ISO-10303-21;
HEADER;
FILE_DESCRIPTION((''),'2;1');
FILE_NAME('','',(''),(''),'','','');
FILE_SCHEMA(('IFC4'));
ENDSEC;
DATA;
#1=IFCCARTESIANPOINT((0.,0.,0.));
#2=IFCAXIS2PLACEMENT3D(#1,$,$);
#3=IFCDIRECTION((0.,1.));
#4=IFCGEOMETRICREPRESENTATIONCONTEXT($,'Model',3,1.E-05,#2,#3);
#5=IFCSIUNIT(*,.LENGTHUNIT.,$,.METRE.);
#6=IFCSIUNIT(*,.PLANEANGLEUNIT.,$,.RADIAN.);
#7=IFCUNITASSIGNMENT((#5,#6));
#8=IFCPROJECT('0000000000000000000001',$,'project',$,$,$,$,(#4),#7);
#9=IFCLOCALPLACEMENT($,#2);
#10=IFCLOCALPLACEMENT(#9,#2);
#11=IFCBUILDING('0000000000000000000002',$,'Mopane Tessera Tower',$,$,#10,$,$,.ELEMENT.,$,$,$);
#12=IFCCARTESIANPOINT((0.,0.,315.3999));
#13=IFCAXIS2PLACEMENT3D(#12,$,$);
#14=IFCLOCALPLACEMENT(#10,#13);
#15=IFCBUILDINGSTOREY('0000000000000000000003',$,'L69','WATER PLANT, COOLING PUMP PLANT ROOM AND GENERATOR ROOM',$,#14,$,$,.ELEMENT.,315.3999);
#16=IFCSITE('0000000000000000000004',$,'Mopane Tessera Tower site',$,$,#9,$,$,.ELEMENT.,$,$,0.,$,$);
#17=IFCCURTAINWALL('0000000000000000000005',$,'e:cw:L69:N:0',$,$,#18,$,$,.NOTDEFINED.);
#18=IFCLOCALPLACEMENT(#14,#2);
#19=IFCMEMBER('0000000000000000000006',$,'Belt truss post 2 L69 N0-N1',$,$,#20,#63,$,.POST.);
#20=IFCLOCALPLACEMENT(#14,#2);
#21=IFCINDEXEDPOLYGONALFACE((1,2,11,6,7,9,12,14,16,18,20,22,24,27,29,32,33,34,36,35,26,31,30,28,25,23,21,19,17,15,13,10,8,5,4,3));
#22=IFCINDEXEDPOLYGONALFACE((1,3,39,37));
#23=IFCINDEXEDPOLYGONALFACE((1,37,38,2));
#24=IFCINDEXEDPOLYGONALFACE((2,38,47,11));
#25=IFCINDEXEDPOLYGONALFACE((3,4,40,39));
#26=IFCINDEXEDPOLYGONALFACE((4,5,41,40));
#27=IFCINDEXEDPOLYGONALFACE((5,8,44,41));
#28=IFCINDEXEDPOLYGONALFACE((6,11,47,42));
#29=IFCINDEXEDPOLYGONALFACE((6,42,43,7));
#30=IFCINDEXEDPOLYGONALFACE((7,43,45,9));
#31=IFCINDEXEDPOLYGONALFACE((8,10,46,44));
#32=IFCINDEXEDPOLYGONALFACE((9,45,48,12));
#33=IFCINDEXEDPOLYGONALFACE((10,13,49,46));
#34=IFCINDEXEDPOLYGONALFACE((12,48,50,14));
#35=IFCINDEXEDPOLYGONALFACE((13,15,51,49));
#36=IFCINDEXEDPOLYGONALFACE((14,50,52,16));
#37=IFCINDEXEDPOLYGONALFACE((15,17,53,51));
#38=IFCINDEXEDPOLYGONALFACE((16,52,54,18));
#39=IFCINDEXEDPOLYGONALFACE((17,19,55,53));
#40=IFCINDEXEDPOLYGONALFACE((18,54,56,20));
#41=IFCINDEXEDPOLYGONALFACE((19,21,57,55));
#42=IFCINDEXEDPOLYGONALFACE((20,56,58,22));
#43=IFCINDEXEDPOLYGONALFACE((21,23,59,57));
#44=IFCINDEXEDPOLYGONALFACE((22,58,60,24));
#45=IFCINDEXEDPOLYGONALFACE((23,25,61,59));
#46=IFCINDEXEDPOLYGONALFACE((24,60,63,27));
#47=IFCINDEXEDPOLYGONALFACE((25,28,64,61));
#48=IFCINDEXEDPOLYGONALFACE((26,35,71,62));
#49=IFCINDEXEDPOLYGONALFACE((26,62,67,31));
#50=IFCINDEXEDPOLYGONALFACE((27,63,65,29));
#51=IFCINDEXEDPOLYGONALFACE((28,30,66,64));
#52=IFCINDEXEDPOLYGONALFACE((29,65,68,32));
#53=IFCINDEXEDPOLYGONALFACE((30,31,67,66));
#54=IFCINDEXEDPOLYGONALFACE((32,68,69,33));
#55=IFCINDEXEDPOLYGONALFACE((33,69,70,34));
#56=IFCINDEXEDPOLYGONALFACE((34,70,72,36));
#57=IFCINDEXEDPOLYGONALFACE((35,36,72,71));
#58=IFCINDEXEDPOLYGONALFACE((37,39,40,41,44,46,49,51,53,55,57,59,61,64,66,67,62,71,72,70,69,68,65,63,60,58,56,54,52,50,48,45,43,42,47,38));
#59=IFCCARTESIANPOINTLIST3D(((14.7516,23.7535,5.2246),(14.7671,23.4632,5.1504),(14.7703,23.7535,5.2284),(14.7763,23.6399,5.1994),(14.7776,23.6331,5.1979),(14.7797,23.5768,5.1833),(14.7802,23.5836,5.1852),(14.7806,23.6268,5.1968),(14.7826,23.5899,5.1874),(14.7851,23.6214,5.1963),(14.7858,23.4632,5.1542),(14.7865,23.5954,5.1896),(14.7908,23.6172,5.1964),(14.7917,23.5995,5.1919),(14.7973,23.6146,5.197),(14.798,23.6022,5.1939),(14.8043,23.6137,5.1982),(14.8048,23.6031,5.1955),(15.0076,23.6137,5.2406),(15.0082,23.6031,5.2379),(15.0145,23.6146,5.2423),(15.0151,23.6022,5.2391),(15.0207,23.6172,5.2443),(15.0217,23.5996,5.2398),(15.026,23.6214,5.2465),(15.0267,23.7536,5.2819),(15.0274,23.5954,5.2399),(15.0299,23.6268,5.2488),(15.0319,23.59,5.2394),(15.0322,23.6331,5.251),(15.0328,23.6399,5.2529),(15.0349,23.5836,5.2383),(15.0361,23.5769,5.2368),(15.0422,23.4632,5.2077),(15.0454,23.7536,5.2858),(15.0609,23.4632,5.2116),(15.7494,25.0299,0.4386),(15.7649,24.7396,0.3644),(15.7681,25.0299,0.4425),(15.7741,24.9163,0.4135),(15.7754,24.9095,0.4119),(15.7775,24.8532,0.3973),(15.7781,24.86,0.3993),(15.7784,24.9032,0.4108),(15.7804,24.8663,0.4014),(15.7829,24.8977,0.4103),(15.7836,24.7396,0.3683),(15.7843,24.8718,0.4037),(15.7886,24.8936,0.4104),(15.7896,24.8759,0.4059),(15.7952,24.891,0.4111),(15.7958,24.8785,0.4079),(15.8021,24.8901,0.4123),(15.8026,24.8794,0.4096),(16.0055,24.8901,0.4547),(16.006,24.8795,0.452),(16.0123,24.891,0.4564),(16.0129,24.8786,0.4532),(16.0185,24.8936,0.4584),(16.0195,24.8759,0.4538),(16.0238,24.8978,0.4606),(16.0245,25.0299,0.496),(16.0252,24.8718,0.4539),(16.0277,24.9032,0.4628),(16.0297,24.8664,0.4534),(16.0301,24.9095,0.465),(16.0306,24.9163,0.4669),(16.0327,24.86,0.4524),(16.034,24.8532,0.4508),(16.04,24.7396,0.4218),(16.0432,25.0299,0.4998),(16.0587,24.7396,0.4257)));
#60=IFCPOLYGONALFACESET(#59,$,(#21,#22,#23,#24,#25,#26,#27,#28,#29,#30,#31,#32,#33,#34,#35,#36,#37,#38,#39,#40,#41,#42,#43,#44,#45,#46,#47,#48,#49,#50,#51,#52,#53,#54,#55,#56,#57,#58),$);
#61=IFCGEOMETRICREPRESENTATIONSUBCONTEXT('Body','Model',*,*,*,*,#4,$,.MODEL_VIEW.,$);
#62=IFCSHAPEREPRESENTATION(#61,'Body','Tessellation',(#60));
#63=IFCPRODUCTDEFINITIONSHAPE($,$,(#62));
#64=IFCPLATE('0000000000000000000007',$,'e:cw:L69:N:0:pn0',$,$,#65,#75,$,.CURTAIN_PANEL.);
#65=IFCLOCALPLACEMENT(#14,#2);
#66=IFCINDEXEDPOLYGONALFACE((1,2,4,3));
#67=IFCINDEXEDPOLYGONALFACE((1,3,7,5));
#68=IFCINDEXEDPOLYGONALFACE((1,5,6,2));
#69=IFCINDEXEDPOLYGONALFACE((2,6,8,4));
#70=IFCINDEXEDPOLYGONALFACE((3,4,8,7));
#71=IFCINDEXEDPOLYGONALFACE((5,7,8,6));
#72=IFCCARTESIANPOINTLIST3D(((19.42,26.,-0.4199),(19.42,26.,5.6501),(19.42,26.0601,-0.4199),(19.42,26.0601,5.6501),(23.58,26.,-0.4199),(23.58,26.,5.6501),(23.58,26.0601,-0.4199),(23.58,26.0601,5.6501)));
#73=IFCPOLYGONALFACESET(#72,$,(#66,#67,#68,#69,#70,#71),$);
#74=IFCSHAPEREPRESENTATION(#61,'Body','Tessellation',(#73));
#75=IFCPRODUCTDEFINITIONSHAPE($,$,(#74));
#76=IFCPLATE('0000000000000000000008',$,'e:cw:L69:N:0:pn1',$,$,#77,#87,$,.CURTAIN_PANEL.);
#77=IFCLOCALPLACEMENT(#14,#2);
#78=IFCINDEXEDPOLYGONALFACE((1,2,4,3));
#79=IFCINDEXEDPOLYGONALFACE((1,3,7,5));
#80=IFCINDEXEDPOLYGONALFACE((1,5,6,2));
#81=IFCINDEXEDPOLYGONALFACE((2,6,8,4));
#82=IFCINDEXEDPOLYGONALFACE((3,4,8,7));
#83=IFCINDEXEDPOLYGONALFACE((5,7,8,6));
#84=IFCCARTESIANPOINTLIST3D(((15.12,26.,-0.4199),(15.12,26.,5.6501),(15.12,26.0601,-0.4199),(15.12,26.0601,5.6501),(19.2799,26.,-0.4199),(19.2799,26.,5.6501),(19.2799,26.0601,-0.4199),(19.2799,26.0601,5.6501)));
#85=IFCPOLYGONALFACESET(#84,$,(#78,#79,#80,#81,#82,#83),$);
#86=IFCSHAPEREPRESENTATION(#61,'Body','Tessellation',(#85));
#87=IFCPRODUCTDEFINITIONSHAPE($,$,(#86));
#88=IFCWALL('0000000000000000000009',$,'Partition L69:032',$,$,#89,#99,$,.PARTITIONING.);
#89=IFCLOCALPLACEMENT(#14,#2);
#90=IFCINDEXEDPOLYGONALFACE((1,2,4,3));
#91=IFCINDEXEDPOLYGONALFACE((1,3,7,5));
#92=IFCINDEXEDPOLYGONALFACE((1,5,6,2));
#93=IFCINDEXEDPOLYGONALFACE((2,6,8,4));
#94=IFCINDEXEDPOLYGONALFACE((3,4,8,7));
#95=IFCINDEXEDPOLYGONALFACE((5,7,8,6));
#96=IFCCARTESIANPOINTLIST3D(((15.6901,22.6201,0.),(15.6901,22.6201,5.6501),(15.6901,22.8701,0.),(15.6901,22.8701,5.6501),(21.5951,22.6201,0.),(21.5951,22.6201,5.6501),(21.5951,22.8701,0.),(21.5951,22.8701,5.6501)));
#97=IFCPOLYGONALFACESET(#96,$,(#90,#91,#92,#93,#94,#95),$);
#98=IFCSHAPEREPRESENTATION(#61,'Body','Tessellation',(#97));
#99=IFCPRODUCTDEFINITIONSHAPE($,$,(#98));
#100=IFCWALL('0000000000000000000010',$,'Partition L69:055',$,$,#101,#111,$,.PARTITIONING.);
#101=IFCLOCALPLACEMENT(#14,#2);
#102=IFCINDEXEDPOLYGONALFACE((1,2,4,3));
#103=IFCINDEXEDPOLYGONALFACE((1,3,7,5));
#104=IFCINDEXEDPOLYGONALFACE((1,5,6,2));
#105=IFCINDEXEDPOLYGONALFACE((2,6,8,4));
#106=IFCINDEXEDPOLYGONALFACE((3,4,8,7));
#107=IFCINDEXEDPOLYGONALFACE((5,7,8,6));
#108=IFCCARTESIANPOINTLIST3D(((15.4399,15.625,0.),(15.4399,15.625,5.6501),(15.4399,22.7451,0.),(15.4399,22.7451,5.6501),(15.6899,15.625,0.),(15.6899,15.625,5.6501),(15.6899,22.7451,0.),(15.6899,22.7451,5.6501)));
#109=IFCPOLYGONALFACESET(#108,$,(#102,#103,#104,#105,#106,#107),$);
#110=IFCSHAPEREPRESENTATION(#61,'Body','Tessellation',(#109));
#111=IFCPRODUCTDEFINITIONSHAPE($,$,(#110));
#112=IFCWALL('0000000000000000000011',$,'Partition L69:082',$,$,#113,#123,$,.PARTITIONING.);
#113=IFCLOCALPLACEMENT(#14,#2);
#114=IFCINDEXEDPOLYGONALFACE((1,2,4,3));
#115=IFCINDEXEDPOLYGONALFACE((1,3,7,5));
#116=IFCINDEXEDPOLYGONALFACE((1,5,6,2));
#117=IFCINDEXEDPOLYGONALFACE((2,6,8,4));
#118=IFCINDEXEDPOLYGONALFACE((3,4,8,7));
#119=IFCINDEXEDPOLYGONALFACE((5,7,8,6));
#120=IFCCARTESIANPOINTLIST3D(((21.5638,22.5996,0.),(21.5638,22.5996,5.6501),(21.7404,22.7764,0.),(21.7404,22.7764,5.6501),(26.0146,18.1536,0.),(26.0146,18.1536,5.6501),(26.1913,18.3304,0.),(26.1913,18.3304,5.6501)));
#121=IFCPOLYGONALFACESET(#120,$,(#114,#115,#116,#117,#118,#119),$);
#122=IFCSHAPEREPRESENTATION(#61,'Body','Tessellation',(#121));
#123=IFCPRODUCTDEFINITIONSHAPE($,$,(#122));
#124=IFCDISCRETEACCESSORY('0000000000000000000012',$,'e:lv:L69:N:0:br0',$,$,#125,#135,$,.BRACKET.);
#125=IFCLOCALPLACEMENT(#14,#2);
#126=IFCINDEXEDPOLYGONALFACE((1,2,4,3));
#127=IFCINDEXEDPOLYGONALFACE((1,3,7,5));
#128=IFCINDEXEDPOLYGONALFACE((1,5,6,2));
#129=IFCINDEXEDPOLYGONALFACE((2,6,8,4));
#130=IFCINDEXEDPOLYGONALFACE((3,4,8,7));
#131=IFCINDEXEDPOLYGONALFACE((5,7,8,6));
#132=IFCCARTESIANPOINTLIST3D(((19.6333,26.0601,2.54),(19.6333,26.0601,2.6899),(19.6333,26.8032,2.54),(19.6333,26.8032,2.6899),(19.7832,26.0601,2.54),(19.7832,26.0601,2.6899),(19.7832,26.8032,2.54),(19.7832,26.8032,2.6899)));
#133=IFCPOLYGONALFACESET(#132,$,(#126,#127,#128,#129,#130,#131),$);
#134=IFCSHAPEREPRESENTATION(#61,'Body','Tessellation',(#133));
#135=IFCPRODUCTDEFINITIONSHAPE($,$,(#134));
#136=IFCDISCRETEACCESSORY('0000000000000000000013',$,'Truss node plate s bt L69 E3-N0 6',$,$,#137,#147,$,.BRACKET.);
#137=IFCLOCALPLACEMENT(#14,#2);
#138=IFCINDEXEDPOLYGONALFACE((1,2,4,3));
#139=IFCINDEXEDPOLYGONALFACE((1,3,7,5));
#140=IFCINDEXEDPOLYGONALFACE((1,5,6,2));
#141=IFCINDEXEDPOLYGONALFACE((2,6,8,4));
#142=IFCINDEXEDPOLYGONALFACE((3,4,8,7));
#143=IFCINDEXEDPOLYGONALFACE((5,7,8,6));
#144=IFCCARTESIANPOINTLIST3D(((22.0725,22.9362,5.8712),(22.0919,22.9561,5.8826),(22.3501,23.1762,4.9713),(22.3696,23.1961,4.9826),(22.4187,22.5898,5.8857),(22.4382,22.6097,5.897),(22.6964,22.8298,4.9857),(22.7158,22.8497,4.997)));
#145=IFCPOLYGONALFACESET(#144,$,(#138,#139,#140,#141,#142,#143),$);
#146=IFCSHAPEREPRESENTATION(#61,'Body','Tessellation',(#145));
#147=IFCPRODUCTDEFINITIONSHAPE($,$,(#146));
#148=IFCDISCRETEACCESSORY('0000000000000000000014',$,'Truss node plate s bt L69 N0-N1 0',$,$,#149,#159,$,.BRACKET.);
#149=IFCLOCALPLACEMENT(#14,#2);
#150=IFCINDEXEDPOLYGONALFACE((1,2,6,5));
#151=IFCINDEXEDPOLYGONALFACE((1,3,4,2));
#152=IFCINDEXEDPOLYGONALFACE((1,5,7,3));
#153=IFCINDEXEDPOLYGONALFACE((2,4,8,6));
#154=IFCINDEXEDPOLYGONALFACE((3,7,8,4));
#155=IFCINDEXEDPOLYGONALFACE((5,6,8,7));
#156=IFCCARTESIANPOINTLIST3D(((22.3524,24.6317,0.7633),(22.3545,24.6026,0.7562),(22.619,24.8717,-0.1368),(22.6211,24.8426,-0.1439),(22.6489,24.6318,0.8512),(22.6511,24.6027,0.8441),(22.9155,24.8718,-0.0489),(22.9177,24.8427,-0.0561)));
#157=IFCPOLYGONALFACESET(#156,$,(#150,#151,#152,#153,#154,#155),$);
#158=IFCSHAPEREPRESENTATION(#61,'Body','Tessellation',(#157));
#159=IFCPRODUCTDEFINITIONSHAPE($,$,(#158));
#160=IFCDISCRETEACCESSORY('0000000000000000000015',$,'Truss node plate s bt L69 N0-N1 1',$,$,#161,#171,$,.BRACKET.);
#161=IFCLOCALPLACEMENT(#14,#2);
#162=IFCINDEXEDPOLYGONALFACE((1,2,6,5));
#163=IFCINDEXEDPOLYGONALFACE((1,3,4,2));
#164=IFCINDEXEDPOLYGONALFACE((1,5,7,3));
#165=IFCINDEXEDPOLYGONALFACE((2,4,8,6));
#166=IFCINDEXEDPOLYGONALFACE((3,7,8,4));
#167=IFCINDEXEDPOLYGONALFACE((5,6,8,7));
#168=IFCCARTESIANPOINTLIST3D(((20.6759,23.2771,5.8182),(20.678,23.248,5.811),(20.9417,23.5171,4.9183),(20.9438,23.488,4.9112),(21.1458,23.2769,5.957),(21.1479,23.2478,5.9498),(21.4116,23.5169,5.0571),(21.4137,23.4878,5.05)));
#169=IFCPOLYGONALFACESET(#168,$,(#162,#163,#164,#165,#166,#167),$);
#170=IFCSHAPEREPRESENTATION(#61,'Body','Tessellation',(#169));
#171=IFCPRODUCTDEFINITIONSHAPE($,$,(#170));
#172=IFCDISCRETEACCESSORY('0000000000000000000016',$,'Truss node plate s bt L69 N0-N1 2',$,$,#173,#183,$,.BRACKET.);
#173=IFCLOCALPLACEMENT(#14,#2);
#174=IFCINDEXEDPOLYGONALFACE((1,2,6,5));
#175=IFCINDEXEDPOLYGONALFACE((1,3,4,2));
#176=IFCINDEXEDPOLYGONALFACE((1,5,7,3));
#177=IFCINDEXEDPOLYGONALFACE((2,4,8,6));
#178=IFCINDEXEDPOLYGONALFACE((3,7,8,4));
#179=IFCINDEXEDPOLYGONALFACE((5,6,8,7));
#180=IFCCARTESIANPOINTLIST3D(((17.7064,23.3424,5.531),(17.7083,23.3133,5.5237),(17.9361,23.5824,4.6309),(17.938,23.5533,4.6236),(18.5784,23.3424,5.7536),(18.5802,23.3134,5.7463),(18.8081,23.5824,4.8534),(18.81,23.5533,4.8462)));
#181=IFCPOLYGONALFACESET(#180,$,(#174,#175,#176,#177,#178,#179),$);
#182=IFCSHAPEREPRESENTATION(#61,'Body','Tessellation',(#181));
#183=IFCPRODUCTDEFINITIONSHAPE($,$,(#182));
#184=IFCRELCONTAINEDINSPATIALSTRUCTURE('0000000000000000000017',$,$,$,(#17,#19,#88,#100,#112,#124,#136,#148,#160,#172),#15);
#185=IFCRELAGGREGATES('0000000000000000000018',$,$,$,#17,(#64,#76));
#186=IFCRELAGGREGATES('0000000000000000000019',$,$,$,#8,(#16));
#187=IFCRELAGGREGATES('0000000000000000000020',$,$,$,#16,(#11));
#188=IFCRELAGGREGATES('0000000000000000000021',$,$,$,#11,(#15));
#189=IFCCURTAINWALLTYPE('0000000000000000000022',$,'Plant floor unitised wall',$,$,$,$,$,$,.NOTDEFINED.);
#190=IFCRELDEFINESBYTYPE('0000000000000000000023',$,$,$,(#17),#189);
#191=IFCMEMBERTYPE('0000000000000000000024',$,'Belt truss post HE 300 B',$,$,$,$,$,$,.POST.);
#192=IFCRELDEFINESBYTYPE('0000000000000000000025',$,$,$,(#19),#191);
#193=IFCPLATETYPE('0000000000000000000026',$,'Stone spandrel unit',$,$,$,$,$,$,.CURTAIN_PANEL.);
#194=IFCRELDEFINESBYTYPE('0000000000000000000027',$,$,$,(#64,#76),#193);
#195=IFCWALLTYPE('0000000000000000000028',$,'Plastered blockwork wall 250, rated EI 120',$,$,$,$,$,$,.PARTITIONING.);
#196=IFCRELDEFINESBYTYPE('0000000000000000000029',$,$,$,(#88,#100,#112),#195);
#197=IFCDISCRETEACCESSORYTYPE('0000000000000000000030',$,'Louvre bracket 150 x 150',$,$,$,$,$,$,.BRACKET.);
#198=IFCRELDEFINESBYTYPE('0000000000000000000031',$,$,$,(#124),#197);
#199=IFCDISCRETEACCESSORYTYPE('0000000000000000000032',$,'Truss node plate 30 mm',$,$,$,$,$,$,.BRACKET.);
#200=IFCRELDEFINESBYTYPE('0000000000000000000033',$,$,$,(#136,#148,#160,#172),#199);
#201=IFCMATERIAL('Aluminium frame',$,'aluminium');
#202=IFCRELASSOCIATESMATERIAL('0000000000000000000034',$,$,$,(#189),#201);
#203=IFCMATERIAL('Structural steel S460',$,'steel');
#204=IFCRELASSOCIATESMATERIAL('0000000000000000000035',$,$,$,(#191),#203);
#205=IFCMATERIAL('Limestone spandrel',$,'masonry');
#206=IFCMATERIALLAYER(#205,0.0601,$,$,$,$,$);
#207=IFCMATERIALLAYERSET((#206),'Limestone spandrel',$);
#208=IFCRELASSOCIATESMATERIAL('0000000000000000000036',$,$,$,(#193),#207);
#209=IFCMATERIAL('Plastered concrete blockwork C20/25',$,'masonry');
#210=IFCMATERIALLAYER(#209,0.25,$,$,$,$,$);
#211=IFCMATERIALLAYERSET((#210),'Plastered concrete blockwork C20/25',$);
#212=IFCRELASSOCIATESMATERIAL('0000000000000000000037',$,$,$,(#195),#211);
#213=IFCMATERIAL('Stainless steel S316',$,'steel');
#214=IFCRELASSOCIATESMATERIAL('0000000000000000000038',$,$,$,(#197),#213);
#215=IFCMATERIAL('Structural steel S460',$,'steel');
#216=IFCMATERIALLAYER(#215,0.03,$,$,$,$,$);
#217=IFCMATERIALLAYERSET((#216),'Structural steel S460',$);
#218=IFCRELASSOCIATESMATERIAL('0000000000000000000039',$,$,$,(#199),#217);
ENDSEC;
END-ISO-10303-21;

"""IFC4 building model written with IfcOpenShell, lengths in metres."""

from ifc_helpers import new_model, si_unit, direction, frame, frame_2d, origin, origin_2d, place, context, subcontext, project, spatial, rectangle, i_section, extrude, material, layer, layer_set, material_profile, profile_set, type_object, element, aggregate, save


model = new_model("IFC4")

# Units and contexts
model_context = context("Model", 3, precision=1e-05, world=origin(), true_north=direction((0.0, 1.0)))
body_context = subcontext(model_context, "Body", "Model", "MODEL_VIEW")
ifc_project = project(units=[si_unit("LENGTHUNIT", "METRE"), si_unit("PLANEANGLEUNIT", "RADIAN")], contexts=[model_context])

# Site, building, storey
site_placement = place(None, origin())
site = spatial("IfcSite", under=ifc_project, at=site_placement, Name="Mopane Tessera Tower site", CompositionType="ELEMENT", RefElevation=0.0)
building_placement = place(site_placement, origin())
building = spatial("IfcBuilding", under=site, at=building_placement, Name="Mopane Tessera Tower", CompositionType="ELEMENT")
storey_placement = place(building_placement, frame((0.0, 0.0, 315.3999)))
storey = spatial("IfcBuildingStorey", under=building, at=storey_placement, Name="L69", Description="WATER PLANT, COOLING PUMP PLANT ROOM AND GENERATOR ROOM", CompositionType="ELEMENT", Elevation=315.3999)

# Curtain wall
ifc_material_1 = material(Name="Aluminium frame", Category="aluminium")
curtain_wall_type = type_object("IfcCurtainWallType", Name="Plant floor unitised wall", PredefinedType="NOTDEFINED", material=ifc_material_1)
curtain_wall_placement = place(storey_placement, origin())
curtain_wall = element("IfcCurtainWall", 1, at=curtain_wall_placement, inside=storey, type_object=curtain_wall_type, Name="e:cw:L69:N:0", PredefinedType="NOTDEFINED")

# Member
ifc_material_2 = material(Name="Structural steel S460", Category="steel")
ifc_material_profile_1 = material_profile(ifc_material_2, i_section(OverallWidth=0.3, OverallDepth=0.3, WebThickness=0.011, FlangeThickness=0.019, FilletRadius=0.0271, at=origin_2d()))
ifc_profile_set_1 = profile_set([ifc_material_profile_1], Name="Structural steel S460")
member_type_1 = type_object("IfcMemberType", Name="Belt truss post HE 300 B", PredefinedType="POST", material=ifc_profile_set_1)
member_1_placement = place(storey_placement, frame((15.9041, 24.8848, 0.4321), z_axis=(-0.19748, -0.252613, 0.9472), x_axis=(0.051652, -0.967568, -0.247275)))
element("IfcMember", 2, at=member_1_placement, inside=storey, type_object=member_type_1, Name="Belt truss post 2 L69 N0-N1", PredefinedType="POST", context=body_context, shape_type="SweptSolid", body=[
    extrude(i_section(OverallWidth=0.3, OverallDepth=0.3, WebThickness=0.011, FlangeThickness=0.019, FilletRadius=0.0271, at=origin_2d()), origin(), (0.0, 0.0, 1.0), 5.0527),
])

# Plates
ifc_material_3 = material(Name="Limestone spandrel", Category="masonry")
ifc_layer_1 = layer(ifc_material_3, 0.0601)
ifc_layer_set_1 = layer_set([ifc_layer_1], Name="Limestone spandrel")
plate_type = type_object("IfcPlateType", Name="Stone spandrel unit", PredefinedType="CURTAIN_PANEL", material=ifc_layer_set_1)
plate_1_placement = place(storey_placement, frame((21.5, 26.03, -0.4199), z_axis=(0.0, 0.0, 1.0), x_axis=(-1.0, 0.0, 0.0)))
plate_1 = element("IfcPlate", 3, at=plate_1_placement, type_object=plate_type, Name="e:cw:L69:N:0:pn0", PredefinedType="CURTAIN_PANEL", context=body_context, shape_type="SweptSolid", body=[
    extrude(rectangle(XDim=4.1599, YDim=0.0601, at=origin_2d()), origin(), (0.0, 0.0, 1.0), 6.0701),
])
plate_2_placement = place(storey_placement, frame((17.2, 26.03, -0.4199), z_axis=(0.0, 0.0, 1.0), x_axis=(-1.0, 0.0, 0.0)))
plate_2 = element("IfcPlate", 4, at=plate_2_placement, type_object=plate_type, Name="e:cw:L69:N:0:pn1", PredefinedType="CURTAIN_PANEL", context=body_context, shape_type="SweptSolid", body=[
    extrude(rectangle(XDim=4.1599, YDim=0.0601, at=origin_2d()), origin(), (0.0, 0.0, 1.0), 6.0701),
])
aggregate(curtain_wall, [plate_1, plate_2])

# Walls
ifc_material_4 = material(Name="Plastered concrete blockwork C20/25", Category="masonry")
ifc_layer_2 = layer(ifc_material_4, 0.25)
ifc_layer_set_2 = layer_set([ifc_layer_2], Name="Plastered concrete blockwork C20/25")
wall_type = type_object("IfcWallType", Name="Plastered blockwork wall 250, rated EI 120", PredefinedType="PARTITIONING", material=ifc_layer_set_2)
wall_1_placement = place(storey_placement, frame((15.6899, 22.7451, 0.0), z_axis=(0.0, 0.0, 1.0), x_axis=(1.0, 0.0, 0.0)))
element("IfcWall", 5, at=wall_1_placement, inside=storey, type_object=wall_type, Name="Partition L69:032", PredefinedType="PARTITIONING", context=body_context, shape_type="SweptSolid", body=[
    extrude(rectangle(XDim=5.905, YDim=0.25, at=frame_2d((2.9526, 0.0))), origin(), (0.0, 0.0, 1.0), 5.6501),
])
wall_2_placement = place(storey_placement, frame((15.5649, 15.625, 0.0), z_axis=(0.0, 0.0, 1.0), x_axis=(0.0, 1.0, 0.0)))
element("IfcWall", 6, at=wall_2_placement, inside=storey, type_object=wall_type, Name="Partition L69:055", PredefinedType="PARTITIONING", context=body_context, shape_type="SweptSolid", body=[
    extrude(rectangle(XDim=7.1201, YDim=0.25, at=frame_2d((3.5601, 0.0))), origin(), (0.0, 0.0, 1.0), 5.6501),
])
wall_3_placement = place(storey_placement, frame((21.6521, 22.688, 0.0), z_axis=(0.0, 0.0, 1.0), x_axis=(0.707495, -0.706719, 0.0)))
element("IfcWall", 7, at=wall_3_placement, inside=storey, type_object=wall_type, Name="Partition L69:082", PredefinedType="PARTITIONING", context=body_context, shape_type="SweptSolid", body=[
    extrude(rectangle(XDim=6.291, YDim=0.25, at=frame_2d((3.1455, 0.0))), origin(), (0.0, 0.0, 1.0), 5.6501),
])

# Discrete accessories
ifc_material_5 = material(Name="Stainless steel S316", Category="steel")
discrete_accessory_type_1 = type_object("IfcDiscreteAccessoryType", Name="Louvre bracket 150 x 150", PredefinedType="BRACKET", material=ifc_material_5)
discrete_accessory_1_placement = place(storey_placement, frame((19.7083, 26.4316, 2.54), z_axis=(0.0, 0.0, 1.0), x_axis=(0.0, 1.0, 0.0)))
element("IfcDiscreteAccessory", 8, at=discrete_accessory_1_placement, inside=storey, type_object=discrete_accessory_type_1, Name="e:lv:L69:N:0:br0", PredefinedType="BRACKET", context=body_context, shape_type="SweptSolid", body=[
    extrude(rectangle(XDim=0.7432, YDim=0.1499, at=origin_2d()), origin(), (0.0, 0.0, 1.0), 0.1499),
])
ifc_material_6 = material(Name="Structural steel S460", Category="steel")
ifc_layer_3 = layer(ifc_material_6, 0.03)
ifc_layer_set_3 = layer_set([ifc_layer_3], Name="Structural steel S460")
discrete_accessory_type_2 = type_object("IfcDiscreteAccessoryType", Name="Truss node plate 30 mm", PredefinedType="BRACKET", material=ifc_layer_set_3)
discrete_accessory_2_placement = place(storey_placement, frame((22.533, 23.0129, 4.9841), z_axis=(-0.285631, -0.246944, 0.925977), x_axis=(-0.647377, -0.662724, -0.376431)))
element("IfcDiscreteAccessory", 9, at=discrete_accessory_2_placement, inside=storey, type_object=discrete_accessory_type_2, Name="Truss node plate s bt L69 E3-N0 6", PredefinedType="BRACKET", context=body_context, shape_type="SweptSolid", body=[
    extrude(rectangle(XDim=0.03, YDim=0.49, at=origin_2d()), origin(), (0.0, 0.0, 1.0), 0.9719),
])
discrete_accessory_3_placement = place(storey_placement, frame((22.7683, 24.8572, -0.0964), z_axis=(-0.275134, -0.247671, 0.928956), x_axis=(0.07068, -0.968844, -0.237372)))
element("IfcDiscreteAccessory", 10, at=discrete_accessory_3_placement, inside=storey, type_object=discrete_accessory_type_2, Name="Truss node plate s bt L69 N0-N1 0", PredefinedType="BRACKET", context=body_context, shape_type="SweptSolid", body=[
    extrude(rectangle(XDim=0.03, YDim=0.3093, at=origin_2d()), origin(), (0.0, 0.0, 1.0), 0.969),
])
discrete_accessory_4_placement = place(storey_placement, frame((21.1777, 23.5024, 4.9841), z_axis=(-0.2745, -0.247781, 0.929115), x_axis=(0.069904, -0.968816, -0.237716)))
element("IfcDiscreteAccessory", 11, at=discrete_accessory_4_placement, inside=storey, type_object=discrete_accessory_type_2, Name="Truss node plate s bt L69 N0-N1 1", PredefinedType="BRACKET", context=body_context, shape_type="SweptSolid", body=[
    extrude(rectangle(XDim=0.03, YDim=0.49, at=origin_2d()), origin(), (0.0, 0.0, 1.0), 0.9685),
])
discrete_accessory_5_placement = place(storey_placement, frame((18.373, 23.5679, 4.7385), z_axis=(-0.239434, -0.25012, 0.938142), x_axis=(0.061879, -0.968215, -0.242345)))
element("IfcDiscreteAccessory", 12, at=discrete_accessory_5_placement, inside=storey, type_object=discrete_accessory_type_2, Name="Truss node plate s bt L69 N0-N1 2", PredefinedType="BRACKET", context=body_context, shape_type="SweptSolid", body=[
    extrude(rectangle(XDim=0.03, YDim=0.8999, at=origin_2d()), origin(), (0.0, 0.0, 1.0), 0.9595),
])

save(model, "model.ifc")
